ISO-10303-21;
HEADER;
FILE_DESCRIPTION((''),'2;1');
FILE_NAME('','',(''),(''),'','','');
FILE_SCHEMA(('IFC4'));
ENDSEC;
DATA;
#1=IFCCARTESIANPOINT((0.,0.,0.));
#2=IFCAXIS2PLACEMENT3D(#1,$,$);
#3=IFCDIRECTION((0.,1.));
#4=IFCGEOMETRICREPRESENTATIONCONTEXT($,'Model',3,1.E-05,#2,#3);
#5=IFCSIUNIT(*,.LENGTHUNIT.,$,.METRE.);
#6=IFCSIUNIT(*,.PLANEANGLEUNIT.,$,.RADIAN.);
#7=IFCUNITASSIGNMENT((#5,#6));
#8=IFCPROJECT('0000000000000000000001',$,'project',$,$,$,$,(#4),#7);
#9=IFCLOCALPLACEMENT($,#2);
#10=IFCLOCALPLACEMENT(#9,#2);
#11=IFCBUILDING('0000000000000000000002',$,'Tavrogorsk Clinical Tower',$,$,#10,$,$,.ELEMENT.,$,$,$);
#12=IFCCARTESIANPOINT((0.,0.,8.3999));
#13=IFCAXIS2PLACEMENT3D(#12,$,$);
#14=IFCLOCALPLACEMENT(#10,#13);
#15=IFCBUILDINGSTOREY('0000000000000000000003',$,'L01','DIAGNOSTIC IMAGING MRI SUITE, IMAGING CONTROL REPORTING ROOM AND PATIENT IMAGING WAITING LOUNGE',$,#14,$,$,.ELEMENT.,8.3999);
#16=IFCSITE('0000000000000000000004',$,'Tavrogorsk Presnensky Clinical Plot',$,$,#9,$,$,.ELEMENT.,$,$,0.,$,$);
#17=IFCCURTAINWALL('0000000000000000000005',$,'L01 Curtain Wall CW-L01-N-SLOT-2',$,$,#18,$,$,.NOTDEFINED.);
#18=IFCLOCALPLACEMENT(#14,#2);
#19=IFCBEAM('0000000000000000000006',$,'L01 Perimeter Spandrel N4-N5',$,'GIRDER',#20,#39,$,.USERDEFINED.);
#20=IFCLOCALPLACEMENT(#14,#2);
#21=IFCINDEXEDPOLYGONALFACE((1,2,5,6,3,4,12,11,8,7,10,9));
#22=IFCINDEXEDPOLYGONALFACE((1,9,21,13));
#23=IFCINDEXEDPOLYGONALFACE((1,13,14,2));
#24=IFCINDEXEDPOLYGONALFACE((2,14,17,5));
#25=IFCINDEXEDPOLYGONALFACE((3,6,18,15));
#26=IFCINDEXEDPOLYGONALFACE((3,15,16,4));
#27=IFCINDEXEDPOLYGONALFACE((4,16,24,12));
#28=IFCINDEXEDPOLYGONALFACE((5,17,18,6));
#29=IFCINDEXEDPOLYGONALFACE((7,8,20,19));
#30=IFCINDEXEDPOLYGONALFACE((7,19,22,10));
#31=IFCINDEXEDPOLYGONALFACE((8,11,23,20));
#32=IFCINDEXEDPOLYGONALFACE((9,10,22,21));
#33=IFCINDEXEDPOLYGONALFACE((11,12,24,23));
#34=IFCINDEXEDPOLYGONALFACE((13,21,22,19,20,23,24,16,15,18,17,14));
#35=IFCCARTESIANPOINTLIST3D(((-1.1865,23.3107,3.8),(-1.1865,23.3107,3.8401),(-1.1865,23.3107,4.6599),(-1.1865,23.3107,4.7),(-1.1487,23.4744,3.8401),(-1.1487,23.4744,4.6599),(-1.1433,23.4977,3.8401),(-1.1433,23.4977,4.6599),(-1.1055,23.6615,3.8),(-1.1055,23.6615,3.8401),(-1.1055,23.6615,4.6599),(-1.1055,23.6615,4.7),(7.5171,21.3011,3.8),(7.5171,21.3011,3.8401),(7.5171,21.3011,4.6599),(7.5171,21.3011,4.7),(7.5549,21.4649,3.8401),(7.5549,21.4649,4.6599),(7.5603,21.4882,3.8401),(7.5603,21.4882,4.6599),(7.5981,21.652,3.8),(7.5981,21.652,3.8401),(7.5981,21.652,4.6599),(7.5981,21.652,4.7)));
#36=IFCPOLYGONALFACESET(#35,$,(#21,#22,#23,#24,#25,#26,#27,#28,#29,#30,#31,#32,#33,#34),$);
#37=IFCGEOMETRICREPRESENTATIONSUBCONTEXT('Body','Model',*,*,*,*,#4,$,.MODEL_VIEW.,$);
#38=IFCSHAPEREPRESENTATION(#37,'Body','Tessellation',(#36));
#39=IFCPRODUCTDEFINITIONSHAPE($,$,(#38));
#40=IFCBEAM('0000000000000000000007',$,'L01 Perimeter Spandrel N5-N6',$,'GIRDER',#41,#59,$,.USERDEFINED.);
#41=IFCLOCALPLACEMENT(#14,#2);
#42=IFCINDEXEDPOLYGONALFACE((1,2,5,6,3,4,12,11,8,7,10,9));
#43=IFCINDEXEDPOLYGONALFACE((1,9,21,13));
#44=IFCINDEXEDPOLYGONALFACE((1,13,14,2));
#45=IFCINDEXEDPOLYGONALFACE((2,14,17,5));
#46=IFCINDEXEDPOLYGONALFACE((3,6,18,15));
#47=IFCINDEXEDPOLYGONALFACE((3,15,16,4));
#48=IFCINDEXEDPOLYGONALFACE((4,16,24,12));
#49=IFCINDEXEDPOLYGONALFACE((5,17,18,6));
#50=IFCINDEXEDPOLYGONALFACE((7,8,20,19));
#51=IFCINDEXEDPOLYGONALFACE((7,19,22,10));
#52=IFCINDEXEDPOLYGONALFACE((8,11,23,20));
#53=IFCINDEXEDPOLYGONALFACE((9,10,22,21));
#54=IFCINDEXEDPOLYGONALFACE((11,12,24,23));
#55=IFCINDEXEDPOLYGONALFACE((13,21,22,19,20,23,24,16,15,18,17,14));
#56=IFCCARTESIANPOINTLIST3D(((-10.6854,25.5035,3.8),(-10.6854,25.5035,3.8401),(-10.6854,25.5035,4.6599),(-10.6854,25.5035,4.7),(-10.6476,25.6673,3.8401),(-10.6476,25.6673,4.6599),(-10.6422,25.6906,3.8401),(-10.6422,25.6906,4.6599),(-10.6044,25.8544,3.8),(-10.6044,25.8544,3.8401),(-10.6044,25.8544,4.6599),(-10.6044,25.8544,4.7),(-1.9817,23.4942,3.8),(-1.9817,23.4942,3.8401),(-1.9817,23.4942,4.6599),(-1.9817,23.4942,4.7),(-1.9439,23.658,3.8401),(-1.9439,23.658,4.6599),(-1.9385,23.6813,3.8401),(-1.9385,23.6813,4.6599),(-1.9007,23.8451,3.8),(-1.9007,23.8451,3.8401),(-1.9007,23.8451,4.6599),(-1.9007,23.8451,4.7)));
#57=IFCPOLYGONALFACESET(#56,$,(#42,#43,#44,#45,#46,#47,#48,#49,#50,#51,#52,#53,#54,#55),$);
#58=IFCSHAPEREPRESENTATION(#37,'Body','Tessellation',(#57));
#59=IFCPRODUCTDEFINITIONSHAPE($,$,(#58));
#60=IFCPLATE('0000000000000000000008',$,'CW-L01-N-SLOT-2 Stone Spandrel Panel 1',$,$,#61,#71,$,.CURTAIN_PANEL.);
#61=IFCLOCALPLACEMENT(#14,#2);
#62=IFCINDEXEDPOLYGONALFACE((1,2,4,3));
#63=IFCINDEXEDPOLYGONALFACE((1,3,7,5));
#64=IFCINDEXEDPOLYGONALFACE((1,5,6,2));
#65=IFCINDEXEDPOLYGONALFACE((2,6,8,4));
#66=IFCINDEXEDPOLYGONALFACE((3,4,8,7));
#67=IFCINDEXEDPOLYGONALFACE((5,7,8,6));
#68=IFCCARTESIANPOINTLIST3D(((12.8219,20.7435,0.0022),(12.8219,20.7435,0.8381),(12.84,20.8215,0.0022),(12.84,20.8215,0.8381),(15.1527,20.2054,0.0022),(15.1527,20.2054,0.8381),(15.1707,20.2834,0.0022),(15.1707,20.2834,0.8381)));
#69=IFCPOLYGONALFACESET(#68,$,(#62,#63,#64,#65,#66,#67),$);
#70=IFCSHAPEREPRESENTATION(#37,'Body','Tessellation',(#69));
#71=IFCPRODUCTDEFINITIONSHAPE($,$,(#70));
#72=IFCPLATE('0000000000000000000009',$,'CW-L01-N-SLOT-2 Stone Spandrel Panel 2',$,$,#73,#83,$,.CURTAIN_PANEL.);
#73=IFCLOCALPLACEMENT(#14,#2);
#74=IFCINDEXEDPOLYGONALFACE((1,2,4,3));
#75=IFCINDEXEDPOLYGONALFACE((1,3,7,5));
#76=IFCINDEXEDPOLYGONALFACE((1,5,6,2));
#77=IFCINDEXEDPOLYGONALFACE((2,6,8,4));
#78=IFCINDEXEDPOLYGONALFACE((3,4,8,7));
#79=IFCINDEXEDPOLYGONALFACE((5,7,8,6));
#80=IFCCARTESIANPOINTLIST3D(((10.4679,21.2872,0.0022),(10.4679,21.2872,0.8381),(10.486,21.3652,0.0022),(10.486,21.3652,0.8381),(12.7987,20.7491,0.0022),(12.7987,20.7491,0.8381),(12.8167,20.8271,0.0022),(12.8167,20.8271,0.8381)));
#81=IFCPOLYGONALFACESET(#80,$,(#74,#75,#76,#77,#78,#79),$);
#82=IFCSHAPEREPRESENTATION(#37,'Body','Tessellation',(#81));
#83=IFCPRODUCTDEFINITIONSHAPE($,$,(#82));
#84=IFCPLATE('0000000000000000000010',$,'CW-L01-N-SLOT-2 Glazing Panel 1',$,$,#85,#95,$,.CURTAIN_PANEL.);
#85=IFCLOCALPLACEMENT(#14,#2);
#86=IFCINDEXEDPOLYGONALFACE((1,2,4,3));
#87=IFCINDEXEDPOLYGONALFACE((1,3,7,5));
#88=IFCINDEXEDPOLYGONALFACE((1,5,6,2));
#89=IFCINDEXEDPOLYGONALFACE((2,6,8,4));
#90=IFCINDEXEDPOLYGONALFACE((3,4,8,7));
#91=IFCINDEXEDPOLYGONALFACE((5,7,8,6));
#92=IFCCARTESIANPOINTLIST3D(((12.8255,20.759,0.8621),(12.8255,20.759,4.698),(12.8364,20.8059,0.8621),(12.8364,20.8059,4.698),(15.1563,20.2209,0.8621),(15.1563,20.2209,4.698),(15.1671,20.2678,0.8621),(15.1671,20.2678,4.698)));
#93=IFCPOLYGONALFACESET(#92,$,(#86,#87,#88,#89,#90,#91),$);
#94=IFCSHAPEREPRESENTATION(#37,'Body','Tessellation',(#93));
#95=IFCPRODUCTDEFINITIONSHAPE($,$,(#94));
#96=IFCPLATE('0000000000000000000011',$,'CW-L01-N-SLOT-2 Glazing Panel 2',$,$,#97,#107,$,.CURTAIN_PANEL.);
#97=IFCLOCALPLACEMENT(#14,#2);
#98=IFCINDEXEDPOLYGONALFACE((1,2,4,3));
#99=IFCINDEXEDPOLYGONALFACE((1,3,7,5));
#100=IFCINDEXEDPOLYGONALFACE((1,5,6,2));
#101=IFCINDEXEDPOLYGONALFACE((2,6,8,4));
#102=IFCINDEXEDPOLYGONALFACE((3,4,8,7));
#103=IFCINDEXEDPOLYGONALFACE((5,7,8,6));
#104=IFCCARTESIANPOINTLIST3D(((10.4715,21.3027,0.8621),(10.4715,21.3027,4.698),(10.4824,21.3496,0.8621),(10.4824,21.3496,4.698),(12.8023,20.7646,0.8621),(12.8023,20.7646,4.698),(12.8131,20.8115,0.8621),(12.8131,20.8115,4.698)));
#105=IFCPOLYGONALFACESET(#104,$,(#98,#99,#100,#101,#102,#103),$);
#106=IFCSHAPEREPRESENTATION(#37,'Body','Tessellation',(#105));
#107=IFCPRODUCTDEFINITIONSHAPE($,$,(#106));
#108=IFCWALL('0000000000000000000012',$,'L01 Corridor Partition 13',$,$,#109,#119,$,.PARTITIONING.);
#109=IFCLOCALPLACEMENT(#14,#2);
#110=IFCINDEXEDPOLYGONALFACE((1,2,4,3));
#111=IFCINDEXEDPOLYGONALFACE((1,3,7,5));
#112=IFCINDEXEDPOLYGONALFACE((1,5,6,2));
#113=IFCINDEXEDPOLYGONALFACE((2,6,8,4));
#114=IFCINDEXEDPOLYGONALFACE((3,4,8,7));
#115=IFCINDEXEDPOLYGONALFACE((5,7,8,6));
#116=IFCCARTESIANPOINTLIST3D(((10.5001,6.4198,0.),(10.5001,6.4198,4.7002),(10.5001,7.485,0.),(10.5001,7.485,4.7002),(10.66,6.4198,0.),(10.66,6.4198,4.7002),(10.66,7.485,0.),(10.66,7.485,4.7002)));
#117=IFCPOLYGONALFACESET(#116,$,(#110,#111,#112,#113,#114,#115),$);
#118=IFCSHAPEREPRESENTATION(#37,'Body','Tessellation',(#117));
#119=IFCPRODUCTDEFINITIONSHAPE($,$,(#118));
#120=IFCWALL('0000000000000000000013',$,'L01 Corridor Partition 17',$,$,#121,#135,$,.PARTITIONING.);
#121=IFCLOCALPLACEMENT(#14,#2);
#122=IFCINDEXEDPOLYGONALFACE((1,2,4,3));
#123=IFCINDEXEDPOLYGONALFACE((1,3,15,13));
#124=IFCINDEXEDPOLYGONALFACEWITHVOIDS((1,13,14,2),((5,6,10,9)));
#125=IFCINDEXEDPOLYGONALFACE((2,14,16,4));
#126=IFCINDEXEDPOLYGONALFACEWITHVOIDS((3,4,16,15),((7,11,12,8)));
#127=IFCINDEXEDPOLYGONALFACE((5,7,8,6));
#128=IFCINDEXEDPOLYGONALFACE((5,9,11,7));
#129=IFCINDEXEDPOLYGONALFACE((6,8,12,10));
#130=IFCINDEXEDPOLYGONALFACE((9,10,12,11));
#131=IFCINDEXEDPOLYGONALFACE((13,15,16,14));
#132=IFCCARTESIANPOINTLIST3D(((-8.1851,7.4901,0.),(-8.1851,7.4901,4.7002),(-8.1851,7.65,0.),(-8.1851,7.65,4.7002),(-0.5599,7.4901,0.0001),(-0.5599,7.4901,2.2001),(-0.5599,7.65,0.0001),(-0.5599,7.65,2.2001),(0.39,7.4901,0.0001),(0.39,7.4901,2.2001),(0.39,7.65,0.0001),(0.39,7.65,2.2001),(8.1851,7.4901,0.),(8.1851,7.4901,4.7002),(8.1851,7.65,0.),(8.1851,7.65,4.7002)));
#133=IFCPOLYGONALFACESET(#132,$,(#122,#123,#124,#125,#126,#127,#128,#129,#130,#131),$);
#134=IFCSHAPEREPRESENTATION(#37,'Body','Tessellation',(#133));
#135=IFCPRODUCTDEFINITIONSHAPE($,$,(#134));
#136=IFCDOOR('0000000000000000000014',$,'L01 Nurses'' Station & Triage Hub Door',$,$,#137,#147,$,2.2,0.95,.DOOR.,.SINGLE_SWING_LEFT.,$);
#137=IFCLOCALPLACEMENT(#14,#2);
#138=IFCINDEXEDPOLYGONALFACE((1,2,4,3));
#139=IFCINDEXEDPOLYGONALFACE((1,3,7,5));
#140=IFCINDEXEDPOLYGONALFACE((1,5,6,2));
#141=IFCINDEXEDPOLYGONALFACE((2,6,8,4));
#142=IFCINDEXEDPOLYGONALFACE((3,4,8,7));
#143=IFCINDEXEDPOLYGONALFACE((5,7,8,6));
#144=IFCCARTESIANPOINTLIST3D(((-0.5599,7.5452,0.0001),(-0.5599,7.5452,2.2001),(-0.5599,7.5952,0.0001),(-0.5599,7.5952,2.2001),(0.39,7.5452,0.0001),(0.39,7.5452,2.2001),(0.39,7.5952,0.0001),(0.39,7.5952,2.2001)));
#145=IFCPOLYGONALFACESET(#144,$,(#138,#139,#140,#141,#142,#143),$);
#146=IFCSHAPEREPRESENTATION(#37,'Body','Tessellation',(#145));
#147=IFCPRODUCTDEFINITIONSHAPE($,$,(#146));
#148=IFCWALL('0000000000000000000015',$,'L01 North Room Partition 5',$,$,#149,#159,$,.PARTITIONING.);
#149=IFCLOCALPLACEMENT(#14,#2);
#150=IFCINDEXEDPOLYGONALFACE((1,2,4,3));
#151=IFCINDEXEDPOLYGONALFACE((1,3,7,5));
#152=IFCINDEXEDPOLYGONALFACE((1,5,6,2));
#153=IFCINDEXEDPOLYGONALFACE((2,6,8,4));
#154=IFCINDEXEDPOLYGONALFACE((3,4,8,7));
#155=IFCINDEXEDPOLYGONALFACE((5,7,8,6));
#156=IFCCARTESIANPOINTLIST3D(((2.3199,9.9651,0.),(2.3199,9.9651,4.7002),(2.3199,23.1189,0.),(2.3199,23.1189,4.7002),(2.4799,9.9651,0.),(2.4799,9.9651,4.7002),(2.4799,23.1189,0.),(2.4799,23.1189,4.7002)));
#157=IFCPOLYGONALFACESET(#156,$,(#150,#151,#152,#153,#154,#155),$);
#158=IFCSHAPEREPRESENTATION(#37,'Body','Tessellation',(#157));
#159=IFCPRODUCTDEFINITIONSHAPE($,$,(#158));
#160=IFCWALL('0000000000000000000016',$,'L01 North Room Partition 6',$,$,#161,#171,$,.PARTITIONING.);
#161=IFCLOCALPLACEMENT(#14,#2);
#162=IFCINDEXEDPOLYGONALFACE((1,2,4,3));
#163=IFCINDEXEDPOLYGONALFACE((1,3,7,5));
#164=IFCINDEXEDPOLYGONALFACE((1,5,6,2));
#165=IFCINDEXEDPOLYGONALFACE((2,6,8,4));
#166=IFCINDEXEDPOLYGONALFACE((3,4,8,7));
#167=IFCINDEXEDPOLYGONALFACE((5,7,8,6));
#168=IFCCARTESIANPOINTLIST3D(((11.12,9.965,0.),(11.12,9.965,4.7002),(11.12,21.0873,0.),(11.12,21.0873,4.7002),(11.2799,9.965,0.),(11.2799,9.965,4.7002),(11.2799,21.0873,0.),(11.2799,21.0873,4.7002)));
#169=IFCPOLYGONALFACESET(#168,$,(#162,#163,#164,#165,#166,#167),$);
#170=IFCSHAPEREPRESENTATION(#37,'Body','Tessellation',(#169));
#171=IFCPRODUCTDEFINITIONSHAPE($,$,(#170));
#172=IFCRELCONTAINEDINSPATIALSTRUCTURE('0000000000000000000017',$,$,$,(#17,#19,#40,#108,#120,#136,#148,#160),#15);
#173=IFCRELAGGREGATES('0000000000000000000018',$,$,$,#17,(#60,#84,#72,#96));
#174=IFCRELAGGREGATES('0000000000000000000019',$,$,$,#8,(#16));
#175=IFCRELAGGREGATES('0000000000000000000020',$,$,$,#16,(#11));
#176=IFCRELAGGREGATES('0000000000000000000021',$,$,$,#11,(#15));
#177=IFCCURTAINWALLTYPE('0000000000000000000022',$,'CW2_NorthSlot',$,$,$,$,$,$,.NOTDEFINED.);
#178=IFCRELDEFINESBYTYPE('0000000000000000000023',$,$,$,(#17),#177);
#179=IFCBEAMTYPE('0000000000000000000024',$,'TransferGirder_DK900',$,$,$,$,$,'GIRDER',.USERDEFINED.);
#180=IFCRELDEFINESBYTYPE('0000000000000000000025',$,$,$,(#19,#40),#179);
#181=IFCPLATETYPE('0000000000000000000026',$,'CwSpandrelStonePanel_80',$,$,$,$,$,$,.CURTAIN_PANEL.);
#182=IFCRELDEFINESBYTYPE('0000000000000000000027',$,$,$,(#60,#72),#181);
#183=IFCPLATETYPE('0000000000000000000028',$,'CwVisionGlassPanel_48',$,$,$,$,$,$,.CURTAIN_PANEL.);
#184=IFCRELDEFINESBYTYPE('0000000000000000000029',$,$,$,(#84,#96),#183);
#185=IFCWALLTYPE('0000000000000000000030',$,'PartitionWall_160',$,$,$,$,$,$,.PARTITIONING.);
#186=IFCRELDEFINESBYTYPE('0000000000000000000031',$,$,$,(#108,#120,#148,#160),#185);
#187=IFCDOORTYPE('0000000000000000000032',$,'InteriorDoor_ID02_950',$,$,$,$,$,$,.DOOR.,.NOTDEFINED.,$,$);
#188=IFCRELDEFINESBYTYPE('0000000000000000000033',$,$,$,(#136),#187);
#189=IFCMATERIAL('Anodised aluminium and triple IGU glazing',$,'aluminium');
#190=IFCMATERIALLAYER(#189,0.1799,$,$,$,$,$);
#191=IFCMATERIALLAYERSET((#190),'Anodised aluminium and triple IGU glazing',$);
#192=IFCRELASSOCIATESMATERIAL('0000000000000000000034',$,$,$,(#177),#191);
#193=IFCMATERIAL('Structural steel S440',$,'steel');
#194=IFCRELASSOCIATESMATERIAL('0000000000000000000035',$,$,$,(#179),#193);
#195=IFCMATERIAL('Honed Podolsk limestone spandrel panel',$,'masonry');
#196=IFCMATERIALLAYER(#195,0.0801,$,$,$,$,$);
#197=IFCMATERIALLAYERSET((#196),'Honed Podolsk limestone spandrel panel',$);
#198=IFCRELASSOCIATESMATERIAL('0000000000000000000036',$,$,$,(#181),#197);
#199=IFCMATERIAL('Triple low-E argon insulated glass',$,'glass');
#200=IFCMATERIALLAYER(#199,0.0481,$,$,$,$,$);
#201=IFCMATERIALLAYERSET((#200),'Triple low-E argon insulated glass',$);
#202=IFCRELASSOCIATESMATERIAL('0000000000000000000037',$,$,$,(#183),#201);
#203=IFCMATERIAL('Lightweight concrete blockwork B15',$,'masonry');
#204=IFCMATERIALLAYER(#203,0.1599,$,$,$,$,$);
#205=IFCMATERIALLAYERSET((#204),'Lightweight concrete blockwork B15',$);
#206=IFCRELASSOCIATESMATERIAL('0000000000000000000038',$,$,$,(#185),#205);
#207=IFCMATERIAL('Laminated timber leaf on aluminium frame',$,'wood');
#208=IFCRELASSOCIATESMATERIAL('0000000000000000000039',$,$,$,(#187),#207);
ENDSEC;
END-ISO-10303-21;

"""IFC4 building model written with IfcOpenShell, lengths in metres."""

from ifc_helpers import new_model, si_unit, direction, frame, frame_2d, origin, origin_2d, place, context, subcontext, project, spatial, rectangle, i_section, extrude, material, layer, layer_set, material_profile, profile_set, type_object, element, fill, aggregate, save


model = new_model("IFC4")

# Units and contexts
model_context = context("Model", 3, precision=1e-05, world=origin(), true_north=direction((0.0, 1.0)))
body_context = subcontext(model_context, "Body", "Model", "MODEL_VIEW")
ifc_project = project(units=[si_unit("LENGTHUNIT", "METRE"), si_unit("PLANEANGLEUNIT", "RADIAN")], contexts=[model_context])

# Site, building, storey
site_placement = place(None, origin())
site = spatial("IfcSite", under=ifc_project, at=site_placement, Name="Tavrogorsk Presnensky Clinical Plot", CompositionType="ELEMENT", RefElevation=0.0)
building_placement = place(site_placement, origin())
building = spatial("IfcBuilding", under=site, at=building_placement, Name="Tavrogorsk Clinical Tower", CompositionType="ELEMENT")
storey_placement = place(building_placement, frame((0.0, 0.0, 8.3999)))
storey = spatial("IfcBuildingStorey", under=building, at=storey_placement, Name="L01", Description="DIAGNOSTIC IMAGING MRI SUITE, IMAGING CONTROL REPORTING ROOM AND PATIENT IMAGING WAITING LOUNGE", CompositionType="ELEMENT", Elevation=8.3999)

# Curtain wall
ifc_material_1 = material(Name="Anodised aluminium and triple IGU glazing", Category="aluminium")
ifc_layer_1 = layer(ifc_material_1, 0.1799)
ifc_layer_set_1 = layer_set([ifc_layer_1], Name="Anodised aluminium and triple IGU glazing")
curtain_wall_type = type_object("IfcCurtainWallType", Name="CW2_NorthSlot", PredefinedType="NOTDEFINED", material=ifc_layer_set_1)
curtain_wall_placement = place(storey_placement, origin())
curtain_wall = element("IfcCurtainWall", 1, at=curtain_wall_placement, inside=storey, type_object=curtain_wall_type, Name="L01 Curtain Wall CW-L01-N-SLOT-2", PredefinedType="NOTDEFINED")

# Beams
ifc_material_2 = material(Name="Structural steel S440", Category="steel")
ifc_material_profile_1 = material_profile(ifc_material_2, i_section(OverallWidth=0.3601, OverallDepth=0.8999, WebThickness=0.0239, FlangeThickness=0.04, at=origin_2d()), Name="DK-900x360x24x40")
ifc_profile_set_1 = profile_set([ifc_material_profile_1], Name="Structural steel S440")
beam_type_1 = type_object("IfcBeamType", Name="TransferGirder_DK900", ElementType="GIRDER", PredefinedType="USERDEFINED", material=ifc_profile_set_1)
for number, where, z_axis, x_axis, name in (
    (2, (7.5576, 21.4766, 4.25), (-0.974367, 0.224965, 0.0), (-0.224965, -0.974367, 0.0), "L01 Perimeter Spandrel N4-N5"),
    (3, (-1.9412, 23.6697, 4.25), (-0.974373, 0.224939, 0.0), (-0.224939, -0.974373, 0.0), "L01 Perimeter Spandrel N5-N6"),
):
    element("IfcBeam", number, at=place(storey_placement, frame(where, z_axis=z_axis, x_axis=x_axis)), inside=storey, type_object=beam_type_1, Name=name, ObjectType="GIRDER", PredefinedType="USERDEFINED", context=body_context, shape_type="SweptSolid", body=[
        extrude(i_section(OverallWidth=0.3601, OverallDepth=0.8999, WebThickness=0.0239, FlangeThickness=0.04, at=origin_2d()), origin(), (0.0, 0.0, 1.0), 8.9326),
    ])

# Plates
ifc_material_3 = material(Name="Honed Podolsk limestone spandrel panel", Category="masonry")
ifc_layer_2 = layer(ifc_material_3, 0.0801)
ifc_layer_set_2 = layer_set([ifc_layer_2], Name="Honed Podolsk limestone spandrel panel")
plate_type_1 = type_object("IfcPlateType", Name="CwSpandrelStonePanel_80", PredefinedType="CURTAIN_PANEL", material=ifc_layer_set_2)
plate_1_placement = place(storey_placement, frame((13.9963, 20.5134, 0.0022), z_axis=(0.0, 0.0, 1.0), x_axis=(-0.97437, 0.224951, 0.0)))
plate_1 = element("IfcPlate", 4, at=plate_1_placement, type_object=plate_type_1, Name="CW-L01-N-SLOT-2 Stone Spandrel Panel 1", PredefinedType="CURTAIN_PANEL", context=body_context, shape_type="SweptSolid", body=[
    extrude(rectangle(XDim=2.3921, YDim=0.0801, at=origin_2d()), origin(), (0.0, 0.0, 1.0), 0.8359),
])
plate_2_placement = place(storey_placement, frame((11.6423, 21.0571, 0.0022), z_axis=(0.0, 0.0, 1.0), x_axis=(-0.97437, 0.224951, 0.0)))
plate_2 = element("IfcPlate", 5, at=plate_2_placement, type_object=plate_type_1, Name="CW-L01-N-SLOT-2 Stone Spandrel Panel 2", PredefinedType="CURTAIN_PANEL", context=body_context, shape_type="SweptSolid", body=[
    extrude(rectangle(XDim=2.3921, YDim=0.0801, at=origin_2d()), origin(), (0.0, 0.0, 1.0), 0.8359),
])
ifc_material_4 = material(Name="Triple low-E argon insulated glass", Category="glass")
ifc_layer_3 = layer(ifc_material_4, 0.0481)
ifc_layer_set_3 = layer_set([ifc_layer_3], Name="Triple low-E argon insulated glass")
plate_type_2 = type_object("IfcPlateType", Name="CwVisionGlassPanel_48", PredefinedType="CURTAIN_PANEL", material=ifc_layer_set_3)
plate_3_placement = place(storey_placement, frame((13.9963, 20.5134, 0.8621), z_axis=(0.0, 0.0, 1.0), x_axis=(-0.97437, 0.224951, 0.0)))
plate_3 = element("IfcPlate", 6, at=plate_3_placement, type_object=plate_type_2, Name="CW-L01-N-SLOT-2 Glazing Panel 1", PredefinedType="CURTAIN_PANEL", context=body_context, shape_type="SweptSolid", body=[
    extrude(rectangle(XDim=2.3921, YDim=0.0481, at=origin_2d()), origin(), (0.0, 0.0, 1.0), 3.8359),
])
plate_4_placement = place(storey_placement, frame((11.6423, 21.0571, 0.8621), z_axis=(0.0, 0.0, 1.0), x_axis=(-0.97437, 0.224951, 0.0)))
plate_4 = element("IfcPlate", 7, at=plate_4_placement, type_object=plate_type_2, Name="CW-L01-N-SLOT-2 Glazing Panel 2", PredefinedType="CURTAIN_PANEL", context=body_context, shape_type="SweptSolid", body=[
    extrude(rectangle(XDim=2.3921, YDim=0.0481, at=origin_2d()), origin(), (0.0, 0.0, 1.0), 3.8359),
])
aggregate(curtain_wall, [plate_1, plate_3, plate_2, plate_4])

# Wall
ifc_material_5 = material(Name="Lightweight concrete blockwork B15", Category="masonry")
ifc_layer_4 = layer(ifc_material_5, 0.1599)
ifc_layer_set_4 = layer_set([ifc_layer_4], Name="Lightweight concrete blockwork B15")
wall_type_1 = type_object("IfcWallType", Name="PartitionWall_160", PredefinedType="PARTITIONING", material=ifc_layer_set_4)
wall_1_placement = place(storey_placement, frame((10.5801, 7.4851, 0.0), z_axis=(0.0, 0.0, 1.0), x_axis=(0.0, -1.0, 0.0)))
element("IfcWall", 8, at=wall_1_placement, inside=storey, type_object=wall_type_1, Name="L01 Corridor Partition 13", PredefinedType="PARTITIONING", context=body_context, shape_type="SweptSolid", body=[
    extrude(rectangle(XDim=1.0652, YDim=0.1599, at=frame_2d((0.5327, 0.0))), origin(), (0.0, 0.0, 1.0), 4.7002),
])

# Wall, opening, door
wall_2_placement = place(storey_placement, frame((8.1851, 7.5701, 0.0), z_axis=(0.0, 0.0, 1.0), x_axis=(-1.0, 0.0, 0.0)))
wall_2 = element("IfcWall", 9, at=wall_2_placement, inside=storey, type_object=wall_type_1, Name="L01 Corridor Partition 17", PredefinedType="PARTITIONING", context=body_context, shape_type="SweptSolid", body=[
    extrude(rectangle(XDim=16.3701, YDim=0.1599, at=frame_2d((8.1851, 0.0))), origin(), (0.0, 0.0, 1.0), 4.7002),
])
opening_1_placement = place(wall_2_placement, frame((7.7949, 0.0, 0.0)))
opening_1 = element("IfcOpeningElement", 10, at=opening_1_placement, cuts=wall_2, PredefinedType="OPENING", context=body_context, shape_type="SweptSolid", body=[
    extrude(rectangle(XDim=0.95, YDim=2.2, at=frame_2d((0.4751, 1.1001))), frame((0.0, 0.0898, 0.0), z_axis=(0.0, -1.0, 0.0), x_axis=(1.0, 0.0, 0.0)), (0.0, 0.0, 1.0), 0.1799),
])
ifc_material_6 = material(Name="Laminated timber leaf on aluminium frame", Category="wood")
door_type = type_object("IfcDoorType", Name="InteriorDoor_ID02_950", OperationType="NOTDEFINED", PredefinedType="DOOR", material=ifc_material_6)
door_placement = place(opening_1_placement, origin())
door = element("IfcDoor", 11, at=door_placement, inside=storey, type_object=door_type, Name="L01 Nurses' Station & Triage Hub Door", OperationType="SINGLE_SWING_LEFT", OverallHeight=2.2, OverallWidth=0.95, PredefinedType="DOOR", context=body_context, shape_type="SweptSolid", body=[
    extrude(rectangle(XDim=0.95, YDim=2.2, at=frame_2d((0.4751, 1.1001))), frame((0.0, 0.0249, 0.0), z_axis=(0.0, -1.0, 0.0), x_axis=(1.0, 0.0, 0.0)), (0.0, 0.0, 1.0), 0.05),
])
fill(opening_1, door)

# Walls
wall_3_placement = place(storey_placement, frame((2.3999, 9.9651, 0.0), z_axis=(0.0, 0.0, 1.0), x_axis=(0.0, 1.0, 0.0)))
element("IfcWall", 12, at=wall_3_placement, inside=storey, type_object=wall_type_1, Name="L01 North Room Partition 5", PredefinedType="PARTITIONING", context=body_context, shape_type="SweptSolid", body=[
    extrude(rectangle(XDim=13.1538, YDim=0.1599, at=frame_2d((6.5769, 0.0))), origin(), (0.0, 0.0, 1.0), 4.7002),
])
wall_4_placement = place(storey_placement, frame((11.2, 9.9651, 0.0), z_axis=(0.0, 0.0, 1.0), x_axis=(0.0, 1.0, 0.0)))
element("IfcWall", 13, at=wall_4_placement, inside=storey, type_object=wall_type_1, Name="L01 North Room Partition 6", PredefinedType="PARTITIONING", context=body_context, shape_type="SweptSolid", body=[
    extrude(rectangle(XDim=11.1223, YDim=0.1599, at=frame_2d((5.561, 0.0))), origin(), (0.0, 0.0, 1.0), 4.7002),
])

save(model, "model.ifc")
